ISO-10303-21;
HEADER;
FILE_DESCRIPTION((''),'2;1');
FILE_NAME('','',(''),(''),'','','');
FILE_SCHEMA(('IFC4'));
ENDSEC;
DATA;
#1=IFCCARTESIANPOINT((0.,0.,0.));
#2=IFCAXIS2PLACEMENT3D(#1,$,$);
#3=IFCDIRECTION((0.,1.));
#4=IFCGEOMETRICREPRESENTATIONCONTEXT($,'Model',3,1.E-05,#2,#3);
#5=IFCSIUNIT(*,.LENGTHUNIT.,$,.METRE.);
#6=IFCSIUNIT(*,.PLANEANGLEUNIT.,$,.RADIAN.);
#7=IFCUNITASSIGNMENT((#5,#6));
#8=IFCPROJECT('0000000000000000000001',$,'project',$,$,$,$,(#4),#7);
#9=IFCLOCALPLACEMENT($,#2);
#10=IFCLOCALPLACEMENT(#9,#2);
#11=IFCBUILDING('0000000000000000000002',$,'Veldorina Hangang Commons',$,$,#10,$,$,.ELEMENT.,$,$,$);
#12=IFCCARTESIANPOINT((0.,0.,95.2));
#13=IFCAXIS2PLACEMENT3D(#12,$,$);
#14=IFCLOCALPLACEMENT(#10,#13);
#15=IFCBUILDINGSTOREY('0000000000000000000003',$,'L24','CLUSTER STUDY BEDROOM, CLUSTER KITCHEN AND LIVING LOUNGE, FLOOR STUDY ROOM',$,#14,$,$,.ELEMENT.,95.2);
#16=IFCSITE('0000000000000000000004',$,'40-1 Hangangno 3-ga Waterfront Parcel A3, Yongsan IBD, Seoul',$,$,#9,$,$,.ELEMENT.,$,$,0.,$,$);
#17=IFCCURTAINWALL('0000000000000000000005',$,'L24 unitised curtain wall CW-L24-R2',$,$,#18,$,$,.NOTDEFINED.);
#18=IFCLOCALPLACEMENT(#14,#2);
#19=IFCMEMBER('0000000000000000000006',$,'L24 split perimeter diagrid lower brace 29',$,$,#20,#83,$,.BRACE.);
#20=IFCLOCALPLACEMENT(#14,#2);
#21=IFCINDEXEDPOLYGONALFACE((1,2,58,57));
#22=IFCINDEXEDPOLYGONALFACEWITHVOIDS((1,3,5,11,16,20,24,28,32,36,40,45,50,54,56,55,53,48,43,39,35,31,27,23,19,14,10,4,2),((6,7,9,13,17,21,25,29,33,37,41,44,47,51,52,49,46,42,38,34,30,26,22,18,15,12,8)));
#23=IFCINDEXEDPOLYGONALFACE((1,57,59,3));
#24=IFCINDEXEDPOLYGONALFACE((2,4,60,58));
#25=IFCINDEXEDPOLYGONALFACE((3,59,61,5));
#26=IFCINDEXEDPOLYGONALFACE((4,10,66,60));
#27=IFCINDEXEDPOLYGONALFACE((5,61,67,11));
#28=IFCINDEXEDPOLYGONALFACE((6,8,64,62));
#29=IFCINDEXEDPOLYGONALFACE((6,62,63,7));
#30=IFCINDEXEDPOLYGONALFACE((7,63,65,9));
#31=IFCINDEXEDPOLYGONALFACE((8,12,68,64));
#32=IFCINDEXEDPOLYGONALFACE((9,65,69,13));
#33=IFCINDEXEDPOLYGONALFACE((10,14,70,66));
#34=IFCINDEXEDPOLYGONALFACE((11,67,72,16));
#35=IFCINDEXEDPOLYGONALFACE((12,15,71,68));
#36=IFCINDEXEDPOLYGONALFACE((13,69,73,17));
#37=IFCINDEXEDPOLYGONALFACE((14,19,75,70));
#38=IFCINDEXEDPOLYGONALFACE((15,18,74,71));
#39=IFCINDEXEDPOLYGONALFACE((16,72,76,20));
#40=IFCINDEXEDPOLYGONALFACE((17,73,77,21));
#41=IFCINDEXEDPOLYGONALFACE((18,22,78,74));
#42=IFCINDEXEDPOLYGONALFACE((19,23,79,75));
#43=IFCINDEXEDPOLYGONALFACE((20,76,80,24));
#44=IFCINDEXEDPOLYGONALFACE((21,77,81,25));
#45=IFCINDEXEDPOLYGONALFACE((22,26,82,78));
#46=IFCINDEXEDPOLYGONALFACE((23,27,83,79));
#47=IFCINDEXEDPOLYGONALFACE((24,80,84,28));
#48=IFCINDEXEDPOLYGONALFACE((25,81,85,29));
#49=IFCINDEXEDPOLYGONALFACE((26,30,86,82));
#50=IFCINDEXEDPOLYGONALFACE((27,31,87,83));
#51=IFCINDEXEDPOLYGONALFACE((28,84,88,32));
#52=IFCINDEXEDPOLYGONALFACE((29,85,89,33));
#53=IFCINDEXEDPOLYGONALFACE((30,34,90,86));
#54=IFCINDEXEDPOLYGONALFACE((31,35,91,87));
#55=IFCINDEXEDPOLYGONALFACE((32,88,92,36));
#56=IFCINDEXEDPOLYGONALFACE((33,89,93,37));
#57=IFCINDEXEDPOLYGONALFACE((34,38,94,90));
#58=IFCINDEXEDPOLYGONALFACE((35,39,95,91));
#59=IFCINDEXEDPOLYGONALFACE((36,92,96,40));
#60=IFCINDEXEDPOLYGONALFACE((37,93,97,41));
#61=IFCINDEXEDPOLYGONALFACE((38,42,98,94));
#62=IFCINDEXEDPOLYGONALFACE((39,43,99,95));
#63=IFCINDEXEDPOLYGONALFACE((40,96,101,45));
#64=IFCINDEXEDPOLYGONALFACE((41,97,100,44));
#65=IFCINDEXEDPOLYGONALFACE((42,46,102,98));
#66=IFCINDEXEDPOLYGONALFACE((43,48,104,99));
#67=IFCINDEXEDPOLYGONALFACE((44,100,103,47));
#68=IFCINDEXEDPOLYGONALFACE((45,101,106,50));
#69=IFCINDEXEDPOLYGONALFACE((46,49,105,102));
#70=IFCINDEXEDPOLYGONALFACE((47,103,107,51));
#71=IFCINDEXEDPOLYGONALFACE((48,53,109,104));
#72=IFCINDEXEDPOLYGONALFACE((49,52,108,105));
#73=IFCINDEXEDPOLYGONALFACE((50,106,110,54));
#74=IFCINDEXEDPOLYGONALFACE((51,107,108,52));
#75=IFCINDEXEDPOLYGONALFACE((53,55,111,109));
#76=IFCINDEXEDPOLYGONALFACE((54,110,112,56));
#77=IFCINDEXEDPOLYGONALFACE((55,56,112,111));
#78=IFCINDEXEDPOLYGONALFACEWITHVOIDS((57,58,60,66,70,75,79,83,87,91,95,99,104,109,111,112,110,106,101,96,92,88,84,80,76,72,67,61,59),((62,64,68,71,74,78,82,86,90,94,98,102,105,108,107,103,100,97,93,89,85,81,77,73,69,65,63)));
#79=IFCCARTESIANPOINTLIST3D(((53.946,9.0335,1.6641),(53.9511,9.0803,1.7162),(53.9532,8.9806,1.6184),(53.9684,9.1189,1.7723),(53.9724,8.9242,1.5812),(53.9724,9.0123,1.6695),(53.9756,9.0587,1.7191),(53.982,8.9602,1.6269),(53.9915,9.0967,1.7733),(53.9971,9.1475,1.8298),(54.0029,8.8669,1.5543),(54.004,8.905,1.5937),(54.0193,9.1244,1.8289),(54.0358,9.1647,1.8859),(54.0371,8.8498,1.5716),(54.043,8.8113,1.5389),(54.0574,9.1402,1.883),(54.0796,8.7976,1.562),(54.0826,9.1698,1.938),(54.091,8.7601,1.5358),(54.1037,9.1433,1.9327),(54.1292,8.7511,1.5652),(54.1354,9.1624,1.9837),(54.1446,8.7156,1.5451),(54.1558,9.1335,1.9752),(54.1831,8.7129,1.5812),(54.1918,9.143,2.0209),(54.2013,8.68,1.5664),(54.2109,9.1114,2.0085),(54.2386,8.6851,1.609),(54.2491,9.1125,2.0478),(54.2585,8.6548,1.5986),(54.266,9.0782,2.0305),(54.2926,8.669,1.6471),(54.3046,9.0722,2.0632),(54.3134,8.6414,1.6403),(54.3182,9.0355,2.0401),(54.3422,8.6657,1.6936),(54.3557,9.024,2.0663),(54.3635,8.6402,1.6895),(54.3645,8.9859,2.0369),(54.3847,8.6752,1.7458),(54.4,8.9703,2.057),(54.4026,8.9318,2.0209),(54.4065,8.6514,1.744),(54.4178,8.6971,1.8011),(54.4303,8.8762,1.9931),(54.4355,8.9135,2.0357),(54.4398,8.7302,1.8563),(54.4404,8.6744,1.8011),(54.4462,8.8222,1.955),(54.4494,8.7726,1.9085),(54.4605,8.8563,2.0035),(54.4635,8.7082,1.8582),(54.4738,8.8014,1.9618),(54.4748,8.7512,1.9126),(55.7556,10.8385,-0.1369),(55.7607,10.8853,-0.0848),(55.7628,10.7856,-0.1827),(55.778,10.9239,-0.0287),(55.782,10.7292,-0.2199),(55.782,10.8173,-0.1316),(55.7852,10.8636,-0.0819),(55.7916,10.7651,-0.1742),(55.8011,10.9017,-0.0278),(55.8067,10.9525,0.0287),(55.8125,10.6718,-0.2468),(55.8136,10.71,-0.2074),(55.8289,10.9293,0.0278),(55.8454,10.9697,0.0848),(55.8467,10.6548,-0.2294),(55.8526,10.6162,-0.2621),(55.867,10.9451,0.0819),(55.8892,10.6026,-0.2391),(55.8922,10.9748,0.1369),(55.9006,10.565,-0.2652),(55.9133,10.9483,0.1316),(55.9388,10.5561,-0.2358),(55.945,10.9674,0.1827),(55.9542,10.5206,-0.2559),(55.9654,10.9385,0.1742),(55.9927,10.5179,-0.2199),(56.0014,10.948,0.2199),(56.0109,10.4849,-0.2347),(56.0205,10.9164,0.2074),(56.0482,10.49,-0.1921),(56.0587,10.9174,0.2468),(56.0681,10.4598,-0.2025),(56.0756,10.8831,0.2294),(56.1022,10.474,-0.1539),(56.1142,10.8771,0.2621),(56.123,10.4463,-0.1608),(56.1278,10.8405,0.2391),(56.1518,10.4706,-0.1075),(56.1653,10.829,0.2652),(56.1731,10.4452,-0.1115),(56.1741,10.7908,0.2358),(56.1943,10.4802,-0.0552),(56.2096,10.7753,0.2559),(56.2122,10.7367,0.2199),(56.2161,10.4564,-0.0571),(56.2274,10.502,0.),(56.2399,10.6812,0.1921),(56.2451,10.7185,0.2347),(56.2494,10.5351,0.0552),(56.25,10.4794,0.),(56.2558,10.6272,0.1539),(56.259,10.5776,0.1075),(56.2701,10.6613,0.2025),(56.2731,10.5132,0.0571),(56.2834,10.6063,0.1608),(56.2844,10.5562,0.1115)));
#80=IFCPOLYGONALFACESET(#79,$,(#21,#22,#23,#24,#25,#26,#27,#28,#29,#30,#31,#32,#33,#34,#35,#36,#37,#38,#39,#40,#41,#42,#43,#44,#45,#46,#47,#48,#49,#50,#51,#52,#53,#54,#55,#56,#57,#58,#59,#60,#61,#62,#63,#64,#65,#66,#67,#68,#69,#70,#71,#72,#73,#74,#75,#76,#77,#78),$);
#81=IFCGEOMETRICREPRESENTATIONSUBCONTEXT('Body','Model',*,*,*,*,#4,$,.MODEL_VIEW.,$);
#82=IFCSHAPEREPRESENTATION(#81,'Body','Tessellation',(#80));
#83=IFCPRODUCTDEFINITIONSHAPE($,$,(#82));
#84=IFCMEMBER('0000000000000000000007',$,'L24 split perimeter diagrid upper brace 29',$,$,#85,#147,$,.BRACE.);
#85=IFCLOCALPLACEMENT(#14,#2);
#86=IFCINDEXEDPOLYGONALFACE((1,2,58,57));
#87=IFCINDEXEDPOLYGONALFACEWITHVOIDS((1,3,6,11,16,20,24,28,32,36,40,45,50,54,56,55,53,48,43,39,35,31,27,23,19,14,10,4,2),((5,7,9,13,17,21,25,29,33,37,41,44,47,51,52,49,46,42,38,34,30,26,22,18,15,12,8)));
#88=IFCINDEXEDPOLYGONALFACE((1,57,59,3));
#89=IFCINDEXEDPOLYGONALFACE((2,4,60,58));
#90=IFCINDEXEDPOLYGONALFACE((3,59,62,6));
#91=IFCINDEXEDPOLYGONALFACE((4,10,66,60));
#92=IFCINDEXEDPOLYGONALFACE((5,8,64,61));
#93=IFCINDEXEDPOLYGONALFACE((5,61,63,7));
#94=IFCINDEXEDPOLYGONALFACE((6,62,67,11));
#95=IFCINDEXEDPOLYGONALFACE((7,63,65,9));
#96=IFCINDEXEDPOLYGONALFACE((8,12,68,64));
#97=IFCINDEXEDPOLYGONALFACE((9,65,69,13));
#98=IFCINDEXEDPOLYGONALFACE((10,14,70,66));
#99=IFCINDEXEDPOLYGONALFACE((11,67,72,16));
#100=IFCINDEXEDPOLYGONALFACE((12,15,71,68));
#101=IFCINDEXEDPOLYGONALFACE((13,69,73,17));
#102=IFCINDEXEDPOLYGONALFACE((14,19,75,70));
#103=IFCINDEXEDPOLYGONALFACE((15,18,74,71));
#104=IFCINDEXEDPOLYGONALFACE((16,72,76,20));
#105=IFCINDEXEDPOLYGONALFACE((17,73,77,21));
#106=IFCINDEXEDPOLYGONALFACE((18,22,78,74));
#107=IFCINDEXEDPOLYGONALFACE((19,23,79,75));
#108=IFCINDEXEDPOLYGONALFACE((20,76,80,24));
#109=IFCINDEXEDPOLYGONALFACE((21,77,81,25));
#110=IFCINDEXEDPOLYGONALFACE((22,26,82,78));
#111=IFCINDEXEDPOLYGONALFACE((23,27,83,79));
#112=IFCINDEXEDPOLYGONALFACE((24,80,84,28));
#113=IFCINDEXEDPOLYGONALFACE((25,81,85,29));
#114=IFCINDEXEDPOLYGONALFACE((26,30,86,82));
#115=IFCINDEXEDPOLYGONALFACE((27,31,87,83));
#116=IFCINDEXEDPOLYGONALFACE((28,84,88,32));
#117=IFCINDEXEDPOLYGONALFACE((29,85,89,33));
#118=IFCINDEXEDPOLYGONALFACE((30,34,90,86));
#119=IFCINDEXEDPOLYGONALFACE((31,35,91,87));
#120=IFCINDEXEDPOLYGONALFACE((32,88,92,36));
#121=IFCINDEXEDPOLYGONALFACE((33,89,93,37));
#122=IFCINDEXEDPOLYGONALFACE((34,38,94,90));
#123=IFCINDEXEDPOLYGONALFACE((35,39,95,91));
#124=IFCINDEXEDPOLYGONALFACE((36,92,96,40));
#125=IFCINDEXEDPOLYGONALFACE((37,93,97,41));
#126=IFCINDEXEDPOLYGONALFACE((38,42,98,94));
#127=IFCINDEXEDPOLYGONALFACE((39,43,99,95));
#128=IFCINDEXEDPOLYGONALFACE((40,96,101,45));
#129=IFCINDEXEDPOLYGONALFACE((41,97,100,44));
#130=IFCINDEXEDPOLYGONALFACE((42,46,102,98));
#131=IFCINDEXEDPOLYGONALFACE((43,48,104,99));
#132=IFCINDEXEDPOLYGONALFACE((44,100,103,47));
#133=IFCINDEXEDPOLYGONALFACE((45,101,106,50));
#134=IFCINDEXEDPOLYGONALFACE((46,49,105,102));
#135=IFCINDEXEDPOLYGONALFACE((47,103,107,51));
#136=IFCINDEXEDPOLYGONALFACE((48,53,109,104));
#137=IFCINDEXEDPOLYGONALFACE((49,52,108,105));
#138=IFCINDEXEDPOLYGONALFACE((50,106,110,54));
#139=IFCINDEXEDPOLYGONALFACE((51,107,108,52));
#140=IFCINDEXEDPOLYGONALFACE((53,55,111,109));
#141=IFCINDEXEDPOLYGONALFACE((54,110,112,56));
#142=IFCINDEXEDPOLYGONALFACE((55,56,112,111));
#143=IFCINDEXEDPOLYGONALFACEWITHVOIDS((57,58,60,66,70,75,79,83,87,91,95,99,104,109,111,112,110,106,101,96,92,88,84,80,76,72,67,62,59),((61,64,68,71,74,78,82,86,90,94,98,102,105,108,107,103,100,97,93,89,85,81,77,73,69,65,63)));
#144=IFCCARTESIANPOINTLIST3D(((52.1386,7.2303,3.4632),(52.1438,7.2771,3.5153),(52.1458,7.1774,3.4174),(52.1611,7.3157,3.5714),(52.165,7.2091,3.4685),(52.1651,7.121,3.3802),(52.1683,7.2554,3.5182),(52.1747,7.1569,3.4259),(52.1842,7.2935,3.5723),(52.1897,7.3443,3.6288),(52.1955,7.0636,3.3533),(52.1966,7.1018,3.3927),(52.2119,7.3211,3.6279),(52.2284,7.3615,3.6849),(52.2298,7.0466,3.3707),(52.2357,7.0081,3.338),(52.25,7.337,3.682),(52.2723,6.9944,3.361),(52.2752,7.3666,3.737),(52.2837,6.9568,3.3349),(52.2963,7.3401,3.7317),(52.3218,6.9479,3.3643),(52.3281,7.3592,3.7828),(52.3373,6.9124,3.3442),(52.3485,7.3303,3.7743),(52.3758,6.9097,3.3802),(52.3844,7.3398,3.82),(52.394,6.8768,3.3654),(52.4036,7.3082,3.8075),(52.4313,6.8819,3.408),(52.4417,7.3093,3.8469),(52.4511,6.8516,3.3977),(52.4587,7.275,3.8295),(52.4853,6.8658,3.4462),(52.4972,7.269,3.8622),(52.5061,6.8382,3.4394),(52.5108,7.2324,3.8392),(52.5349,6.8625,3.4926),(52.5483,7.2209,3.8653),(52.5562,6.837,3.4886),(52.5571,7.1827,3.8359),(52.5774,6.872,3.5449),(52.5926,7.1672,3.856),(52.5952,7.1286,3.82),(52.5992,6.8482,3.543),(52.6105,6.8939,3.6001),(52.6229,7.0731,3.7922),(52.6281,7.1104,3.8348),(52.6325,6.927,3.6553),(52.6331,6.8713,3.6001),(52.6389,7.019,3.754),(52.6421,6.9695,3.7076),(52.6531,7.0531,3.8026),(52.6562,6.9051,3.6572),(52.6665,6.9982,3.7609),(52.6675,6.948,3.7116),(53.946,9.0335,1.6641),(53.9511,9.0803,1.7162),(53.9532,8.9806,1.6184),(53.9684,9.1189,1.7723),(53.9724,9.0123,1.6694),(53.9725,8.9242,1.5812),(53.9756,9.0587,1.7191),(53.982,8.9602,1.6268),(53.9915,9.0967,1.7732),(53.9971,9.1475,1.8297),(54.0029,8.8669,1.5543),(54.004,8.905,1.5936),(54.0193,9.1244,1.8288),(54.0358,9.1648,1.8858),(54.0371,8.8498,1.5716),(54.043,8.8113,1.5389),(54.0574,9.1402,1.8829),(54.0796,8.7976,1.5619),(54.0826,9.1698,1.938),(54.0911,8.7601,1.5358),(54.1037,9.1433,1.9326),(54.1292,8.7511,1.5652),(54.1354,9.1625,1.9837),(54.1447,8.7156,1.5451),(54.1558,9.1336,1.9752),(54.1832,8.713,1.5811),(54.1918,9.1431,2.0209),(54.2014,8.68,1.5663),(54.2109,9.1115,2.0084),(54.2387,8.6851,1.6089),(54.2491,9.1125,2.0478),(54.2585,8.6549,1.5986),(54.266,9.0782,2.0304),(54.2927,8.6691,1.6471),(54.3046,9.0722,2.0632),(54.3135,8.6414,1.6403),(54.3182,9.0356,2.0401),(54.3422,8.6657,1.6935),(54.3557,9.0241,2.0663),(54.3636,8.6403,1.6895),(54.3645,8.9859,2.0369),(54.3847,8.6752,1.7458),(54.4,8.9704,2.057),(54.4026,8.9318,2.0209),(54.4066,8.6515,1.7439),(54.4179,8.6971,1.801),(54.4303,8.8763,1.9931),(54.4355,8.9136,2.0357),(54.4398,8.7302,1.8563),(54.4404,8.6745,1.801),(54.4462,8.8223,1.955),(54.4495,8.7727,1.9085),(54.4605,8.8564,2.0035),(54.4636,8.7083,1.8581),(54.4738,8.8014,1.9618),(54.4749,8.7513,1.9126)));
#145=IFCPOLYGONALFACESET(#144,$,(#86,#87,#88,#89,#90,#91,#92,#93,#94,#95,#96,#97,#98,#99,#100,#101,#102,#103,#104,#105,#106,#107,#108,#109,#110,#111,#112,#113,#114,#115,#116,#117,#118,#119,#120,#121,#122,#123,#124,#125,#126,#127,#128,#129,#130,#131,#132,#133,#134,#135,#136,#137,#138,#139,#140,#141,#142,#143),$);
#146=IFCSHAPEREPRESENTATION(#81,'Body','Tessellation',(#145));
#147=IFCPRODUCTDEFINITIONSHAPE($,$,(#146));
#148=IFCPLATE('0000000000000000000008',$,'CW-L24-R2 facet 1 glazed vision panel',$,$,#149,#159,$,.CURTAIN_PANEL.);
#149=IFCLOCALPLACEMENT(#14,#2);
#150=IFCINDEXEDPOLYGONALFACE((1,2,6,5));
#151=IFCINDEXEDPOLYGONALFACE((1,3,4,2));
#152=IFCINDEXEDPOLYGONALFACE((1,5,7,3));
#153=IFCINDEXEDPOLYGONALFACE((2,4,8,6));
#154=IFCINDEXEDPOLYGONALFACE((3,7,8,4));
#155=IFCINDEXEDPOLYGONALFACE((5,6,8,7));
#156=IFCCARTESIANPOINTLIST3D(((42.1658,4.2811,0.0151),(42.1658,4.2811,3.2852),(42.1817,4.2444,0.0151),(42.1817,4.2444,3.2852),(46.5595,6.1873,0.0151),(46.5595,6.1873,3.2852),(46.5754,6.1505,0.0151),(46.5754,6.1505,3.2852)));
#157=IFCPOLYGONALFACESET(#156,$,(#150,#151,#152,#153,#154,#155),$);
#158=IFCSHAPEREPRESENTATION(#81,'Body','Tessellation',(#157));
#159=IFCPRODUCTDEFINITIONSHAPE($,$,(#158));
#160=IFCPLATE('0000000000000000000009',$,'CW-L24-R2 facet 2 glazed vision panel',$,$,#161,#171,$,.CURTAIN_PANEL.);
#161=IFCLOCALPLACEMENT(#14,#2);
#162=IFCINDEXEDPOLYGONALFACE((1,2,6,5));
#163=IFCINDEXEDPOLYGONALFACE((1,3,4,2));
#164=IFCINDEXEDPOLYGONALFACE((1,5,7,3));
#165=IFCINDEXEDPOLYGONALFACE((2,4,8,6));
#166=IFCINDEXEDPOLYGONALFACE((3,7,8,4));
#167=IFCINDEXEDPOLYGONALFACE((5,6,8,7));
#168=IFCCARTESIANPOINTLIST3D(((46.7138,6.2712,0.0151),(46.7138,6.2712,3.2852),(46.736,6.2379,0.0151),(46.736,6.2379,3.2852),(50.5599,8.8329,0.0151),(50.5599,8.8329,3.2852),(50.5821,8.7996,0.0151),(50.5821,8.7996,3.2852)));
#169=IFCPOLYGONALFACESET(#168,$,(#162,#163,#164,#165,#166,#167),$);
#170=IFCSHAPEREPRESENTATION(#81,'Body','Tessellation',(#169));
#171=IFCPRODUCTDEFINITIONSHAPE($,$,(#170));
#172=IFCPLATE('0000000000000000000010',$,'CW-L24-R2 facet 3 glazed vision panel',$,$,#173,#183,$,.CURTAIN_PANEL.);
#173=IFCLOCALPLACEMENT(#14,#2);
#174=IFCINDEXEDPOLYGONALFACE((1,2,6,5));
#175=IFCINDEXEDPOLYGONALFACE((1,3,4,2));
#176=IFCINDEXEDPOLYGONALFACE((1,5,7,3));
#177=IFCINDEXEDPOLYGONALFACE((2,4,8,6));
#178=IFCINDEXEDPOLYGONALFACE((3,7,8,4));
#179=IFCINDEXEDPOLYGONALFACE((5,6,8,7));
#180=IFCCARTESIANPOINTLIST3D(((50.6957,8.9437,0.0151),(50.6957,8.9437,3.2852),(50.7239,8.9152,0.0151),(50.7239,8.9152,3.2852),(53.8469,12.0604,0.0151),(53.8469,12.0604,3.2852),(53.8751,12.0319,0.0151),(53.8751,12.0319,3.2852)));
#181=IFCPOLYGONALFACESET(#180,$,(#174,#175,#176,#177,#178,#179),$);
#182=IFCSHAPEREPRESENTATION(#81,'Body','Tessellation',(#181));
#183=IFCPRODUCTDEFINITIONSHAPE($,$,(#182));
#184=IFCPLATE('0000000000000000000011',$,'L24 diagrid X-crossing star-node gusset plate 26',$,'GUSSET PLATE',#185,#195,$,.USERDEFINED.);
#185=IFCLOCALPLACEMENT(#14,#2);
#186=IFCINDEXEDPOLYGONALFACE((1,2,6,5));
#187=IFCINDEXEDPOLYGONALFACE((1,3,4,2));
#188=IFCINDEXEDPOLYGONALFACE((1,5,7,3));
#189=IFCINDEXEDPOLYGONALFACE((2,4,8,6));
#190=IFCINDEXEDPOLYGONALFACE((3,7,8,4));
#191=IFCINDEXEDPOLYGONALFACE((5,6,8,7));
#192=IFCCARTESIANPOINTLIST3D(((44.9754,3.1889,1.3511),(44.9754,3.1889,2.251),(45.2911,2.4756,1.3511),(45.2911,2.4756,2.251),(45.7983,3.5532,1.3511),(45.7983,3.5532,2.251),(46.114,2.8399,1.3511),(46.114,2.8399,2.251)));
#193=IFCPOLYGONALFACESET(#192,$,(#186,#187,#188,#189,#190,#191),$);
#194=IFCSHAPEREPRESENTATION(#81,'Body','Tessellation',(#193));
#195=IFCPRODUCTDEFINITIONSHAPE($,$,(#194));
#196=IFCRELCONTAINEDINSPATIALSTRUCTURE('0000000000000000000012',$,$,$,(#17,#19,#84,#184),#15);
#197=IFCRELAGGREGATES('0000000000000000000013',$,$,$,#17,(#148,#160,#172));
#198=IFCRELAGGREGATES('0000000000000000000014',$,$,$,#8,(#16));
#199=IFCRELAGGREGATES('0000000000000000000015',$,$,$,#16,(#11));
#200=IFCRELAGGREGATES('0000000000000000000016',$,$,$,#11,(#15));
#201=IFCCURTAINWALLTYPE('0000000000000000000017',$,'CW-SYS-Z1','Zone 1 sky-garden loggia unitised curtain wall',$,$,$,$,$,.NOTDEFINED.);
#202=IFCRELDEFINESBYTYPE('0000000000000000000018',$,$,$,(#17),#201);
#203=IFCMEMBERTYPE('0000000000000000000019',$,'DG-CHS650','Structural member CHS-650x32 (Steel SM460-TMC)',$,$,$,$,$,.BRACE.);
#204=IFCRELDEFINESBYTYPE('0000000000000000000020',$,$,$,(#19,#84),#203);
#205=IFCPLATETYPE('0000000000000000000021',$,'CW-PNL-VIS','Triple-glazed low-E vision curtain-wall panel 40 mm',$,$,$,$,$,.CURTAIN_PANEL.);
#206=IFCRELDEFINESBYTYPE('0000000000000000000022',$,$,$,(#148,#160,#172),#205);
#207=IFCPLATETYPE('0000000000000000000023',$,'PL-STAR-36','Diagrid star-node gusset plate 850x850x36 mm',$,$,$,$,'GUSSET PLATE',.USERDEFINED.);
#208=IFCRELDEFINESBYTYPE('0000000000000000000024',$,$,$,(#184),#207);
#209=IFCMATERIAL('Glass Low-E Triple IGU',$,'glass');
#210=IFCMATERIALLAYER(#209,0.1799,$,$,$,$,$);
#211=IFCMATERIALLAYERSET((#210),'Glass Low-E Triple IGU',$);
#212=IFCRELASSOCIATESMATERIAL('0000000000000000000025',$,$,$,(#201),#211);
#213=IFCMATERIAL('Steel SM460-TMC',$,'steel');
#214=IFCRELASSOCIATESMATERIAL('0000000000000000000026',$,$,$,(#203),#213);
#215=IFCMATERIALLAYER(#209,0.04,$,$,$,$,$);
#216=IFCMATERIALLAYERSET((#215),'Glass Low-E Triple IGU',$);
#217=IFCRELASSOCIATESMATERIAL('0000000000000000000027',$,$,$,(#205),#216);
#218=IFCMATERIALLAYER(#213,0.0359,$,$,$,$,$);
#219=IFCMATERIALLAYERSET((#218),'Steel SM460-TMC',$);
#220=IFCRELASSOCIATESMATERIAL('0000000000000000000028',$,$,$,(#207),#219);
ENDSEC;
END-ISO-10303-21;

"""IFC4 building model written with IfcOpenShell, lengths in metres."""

from ifc_helpers import new_model, si_unit, direction, frame, origin, origin_2d, place, context, subcontext, project, spatial, rectangle, hollow_circle, extrude, material, layer, layer_set, material_profile, profile_set, type_object, element, aggregate, save


model = new_model("IFC4")

# Units and contexts
model_context = context("Model", 3, precision=1e-05, world=origin(), true_north=direction((0.0, 1.0)))
body_context = subcontext(model_context, "Body", "Model", "MODEL_VIEW")
ifc_project = project(units=[si_unit("LENGTHUNIT", "METRE"), si_unit("PLANEANGLEUNIT", "RADIAN")], contexts=[model_context])

# Site, building, storey
site_placement = place(None, origin())
site = spatial("IfcSite", under=ifc_project, at=site_placement, Name="40-1 Hangangno 3-ga Waterfront Parcel A3, Yongsan IBD, Seoul", CompositionType="ELEMENT", RefElevation=0.0)
building_placement = place(site_placement, origin())
building = spatial("IfcBuilding", under=site, at=building_placement, Name="Veldorina Hangang Commons", CompositionType="ELEMENT")
storey_placement = place(building_placement, frame((0.0, 0.0, 95.2)))
storey = spatial("IfcBuildingStorey", under=building, at=storey_placement, Name="L24", Description="CLUSTER STUDY BEDROOM, CLUSTER KITCHEN AND LIVING LOUNGE, FLOOR STUDY ROOM", CompositionType="ELEMENT", Elevation=95.2)

# Curtain wall
ifc_material_1 = material(Name="Glass Low-E Triple IGU", Category="glass")
ifc_layer_1 = layer(ifc_material_1, 0.1799)
ifc_layer_set_1 = layer_set([ifc_layer_1], Name="Glass Low-E Triple IGU")
curtain_wall_type = type_object("IfcCurtainWallType", Name="CW-SYS-Z1", Description="Zone 1 sky-garden loggia unitised curtain wall", PredefinedType="NOTDEFINED", material=ifc_layer_set_1)
curtain_wall_placement = place(storey_placement, origin())
curtain_wall = element("IfcCurtainWall", 1, at=curtain_wall_placement, inside=storey, type_object=curtain_wall_type, Name="L24 unitised curtain wall CW-L24-R2", PredefinedType="NOTDEFINED")

# Members
ifc_material_2 = material(Name="Steel SM460-TMC", Category="steel")
ifc_material_profile_1 = material_profile(ifc_material_2, hollow_circle(Radius=0.325, WallThickness=0.032, at=origin_2d()), Name="CHS-650x32")
ifc_profile_set_1 = profile_set([ifc_material_profile_1], Name="Steel SM460-TMC")
member_type_1 = type_object("IfcMemberType", Name="DG-CHS650", Description="Structural member CHS-650x32 (Steel SM460-TMC)", PredefinedType="BRACE", material=ifc_profile_set_1)
member_1_placement = place(storey_placement, frame((56.0205, 10.7095, 0.0), z_axis=(-0.578755, -0.577271, 0.576022), x_axis=(0.706199, -0.708014, 0.0)))
element("IfcMember", 2, at=member_1_placement, inside=storey, type_object=member_type_1, Name="L24 split perimeter diagrid lower brace 29", PredefinedType="BRACE", context=body_context, shape_type="SweptSolid", body=[
    extrude(hollow_circle(Radius=0.325, WallThickness=0.032, at=origin_2d()), origin(), (0.0, 0.0, 1.0), 3.1267),
])
member_2_placement = place(storey_placement, frame((54.2109, 8.9045, 1.801), z_axis=(-0.578678, -0.577349, 0.57602), x_axis=(0.706293, -0.707919, 0.0)))
element("IfcMember", 3, at=member_2_placement, inside=storey, type_object=member_type_1, Name="L24 split perimeter diagrid upper brace 29", PredefinedType="BRACE", context=body_context, shape_type="SweptSolid", body=[
    extrude(hollow_circle(Radius=0.325, WallThickness=0.032, at=origin_2d()), origin(), (0.0, 0.0, 1.0), 3.1233),
])

# Plates
ifc_layer_2 = layer(ifc_material_1, 0.04)
ifc_layer_set_2 = layer_set([ifc_layer_2], Name="Glass Low-E Triple IGU")
plate_type_1 = type_object("IfcPlateType", Name="CW-PNL-VIS", Description="Triple-glazed low-E vision curtain-wall panel 40 mm", PredefinedType="CURTAIN_PANEL", material=ifc_layer_set_2)
plate_1_placement = place(storey_placement, frame((44.3706, 5.2158, 0.0151), z_axis=(0.0, 0.0, 1.0), x_axis=(0.917387, 0.397997, 0.0)))
plate_1 = element("IfcPlate", 4, at=plate_1_placement, type_object=plate_type_1, Name="CW-L24-R2 facet 1 glazed vision panel", PredefinedType="CURTAIN_PANEL", context=body_context, shape_type="SweptSolid", body=[
    extrude(rectangle(XDim=4.7893, YDim=0.04, at=origin_2d()), origin(), (0.0, 0.0, 1.0), 3.27),
])
plate_2_placement = place(storey_placement, frame((48.6479, 7.5354, 0.0151), z_axis=(0.0, 0.0, 1.0), x_axis=(0.832274, 0.554365, 0.0)))
plate_2 = element("IfcPlate", 5, at=plate_2_placement, type_object=plate_type_1, Name="CW-L24-R2 facet 2 glazed vision panel", PredefinedType="CURTAIN_PANEL", context=body_context, shape_type="SweptSolid", body=[
    extrude(rectangle(XDim=4.6211, YDim=0.04, at=origin_2d()), origin(), (0.0, 0.0, 1.0), 3.27),
])
plate_3_placement = place(storey_placement, frame((52.2854, 10.4878, 0.0151), z_axis=(0.0, 0.0, 1.0), x_axis=(0.710996, 0.703196, 0.0)))
plate_3 = element("IfcPlate", 6, at=plate_3_placement, type_object=plate_type_1, Name="CW-L24-R2 facet 3 glazed vision panel", PredefinedType="CURTAIN_PANEL", context=body_context, shape_type="SweptSolid", body=[
    extrude(rectangle(XDim=4.4321, YDim=0.04, at=origin_2d()), origin(), (0.0, 0.0, 1.0), 3.27),
])
aggregate(curtain_wall, [plate_1, plate_2, plate_3])

# Plate
ifc_layer_3 = layer(ifc_material_2, 0.0359)
ifc_layer_set_3 = layer_set([ifc_layer_3], Name="Steel SM460-TMC")
plate_type_2 = type_object("IfcPlateType", Name="PL-STAR-36", Description="Diagrid star-node gusset plate 850x850x36 mm", ElementType="GUSSET PLATE", PredefinedType="USERDEFINED", material=ifc_layer_set_3)
plate_4_placement = place(storey_placement, frame((45.5447, 3.0144, 1.3511), z_axis=(0.0, 0.0, 1.0), x_axis=(0.914431, 0.404743, 0.0)))
element("IfcPlate", 7, at=plate_4_placement, inside=storey, type_object=plate_type_2, Name="L24 diagrid X-crossing star-node gusset plate 26", ObjectType="GUSSET PLATE", PredefinedType="USERDEFINED", context=body_context, shape_type="SweptSolid", body=[
    extrude(rectangle(XDim=0.8999, YDim=0.78, at=origin_2d()), origin(), (0.0, 0.0, 1.0), 0.8999),
])

save(model, "model.ifc")
